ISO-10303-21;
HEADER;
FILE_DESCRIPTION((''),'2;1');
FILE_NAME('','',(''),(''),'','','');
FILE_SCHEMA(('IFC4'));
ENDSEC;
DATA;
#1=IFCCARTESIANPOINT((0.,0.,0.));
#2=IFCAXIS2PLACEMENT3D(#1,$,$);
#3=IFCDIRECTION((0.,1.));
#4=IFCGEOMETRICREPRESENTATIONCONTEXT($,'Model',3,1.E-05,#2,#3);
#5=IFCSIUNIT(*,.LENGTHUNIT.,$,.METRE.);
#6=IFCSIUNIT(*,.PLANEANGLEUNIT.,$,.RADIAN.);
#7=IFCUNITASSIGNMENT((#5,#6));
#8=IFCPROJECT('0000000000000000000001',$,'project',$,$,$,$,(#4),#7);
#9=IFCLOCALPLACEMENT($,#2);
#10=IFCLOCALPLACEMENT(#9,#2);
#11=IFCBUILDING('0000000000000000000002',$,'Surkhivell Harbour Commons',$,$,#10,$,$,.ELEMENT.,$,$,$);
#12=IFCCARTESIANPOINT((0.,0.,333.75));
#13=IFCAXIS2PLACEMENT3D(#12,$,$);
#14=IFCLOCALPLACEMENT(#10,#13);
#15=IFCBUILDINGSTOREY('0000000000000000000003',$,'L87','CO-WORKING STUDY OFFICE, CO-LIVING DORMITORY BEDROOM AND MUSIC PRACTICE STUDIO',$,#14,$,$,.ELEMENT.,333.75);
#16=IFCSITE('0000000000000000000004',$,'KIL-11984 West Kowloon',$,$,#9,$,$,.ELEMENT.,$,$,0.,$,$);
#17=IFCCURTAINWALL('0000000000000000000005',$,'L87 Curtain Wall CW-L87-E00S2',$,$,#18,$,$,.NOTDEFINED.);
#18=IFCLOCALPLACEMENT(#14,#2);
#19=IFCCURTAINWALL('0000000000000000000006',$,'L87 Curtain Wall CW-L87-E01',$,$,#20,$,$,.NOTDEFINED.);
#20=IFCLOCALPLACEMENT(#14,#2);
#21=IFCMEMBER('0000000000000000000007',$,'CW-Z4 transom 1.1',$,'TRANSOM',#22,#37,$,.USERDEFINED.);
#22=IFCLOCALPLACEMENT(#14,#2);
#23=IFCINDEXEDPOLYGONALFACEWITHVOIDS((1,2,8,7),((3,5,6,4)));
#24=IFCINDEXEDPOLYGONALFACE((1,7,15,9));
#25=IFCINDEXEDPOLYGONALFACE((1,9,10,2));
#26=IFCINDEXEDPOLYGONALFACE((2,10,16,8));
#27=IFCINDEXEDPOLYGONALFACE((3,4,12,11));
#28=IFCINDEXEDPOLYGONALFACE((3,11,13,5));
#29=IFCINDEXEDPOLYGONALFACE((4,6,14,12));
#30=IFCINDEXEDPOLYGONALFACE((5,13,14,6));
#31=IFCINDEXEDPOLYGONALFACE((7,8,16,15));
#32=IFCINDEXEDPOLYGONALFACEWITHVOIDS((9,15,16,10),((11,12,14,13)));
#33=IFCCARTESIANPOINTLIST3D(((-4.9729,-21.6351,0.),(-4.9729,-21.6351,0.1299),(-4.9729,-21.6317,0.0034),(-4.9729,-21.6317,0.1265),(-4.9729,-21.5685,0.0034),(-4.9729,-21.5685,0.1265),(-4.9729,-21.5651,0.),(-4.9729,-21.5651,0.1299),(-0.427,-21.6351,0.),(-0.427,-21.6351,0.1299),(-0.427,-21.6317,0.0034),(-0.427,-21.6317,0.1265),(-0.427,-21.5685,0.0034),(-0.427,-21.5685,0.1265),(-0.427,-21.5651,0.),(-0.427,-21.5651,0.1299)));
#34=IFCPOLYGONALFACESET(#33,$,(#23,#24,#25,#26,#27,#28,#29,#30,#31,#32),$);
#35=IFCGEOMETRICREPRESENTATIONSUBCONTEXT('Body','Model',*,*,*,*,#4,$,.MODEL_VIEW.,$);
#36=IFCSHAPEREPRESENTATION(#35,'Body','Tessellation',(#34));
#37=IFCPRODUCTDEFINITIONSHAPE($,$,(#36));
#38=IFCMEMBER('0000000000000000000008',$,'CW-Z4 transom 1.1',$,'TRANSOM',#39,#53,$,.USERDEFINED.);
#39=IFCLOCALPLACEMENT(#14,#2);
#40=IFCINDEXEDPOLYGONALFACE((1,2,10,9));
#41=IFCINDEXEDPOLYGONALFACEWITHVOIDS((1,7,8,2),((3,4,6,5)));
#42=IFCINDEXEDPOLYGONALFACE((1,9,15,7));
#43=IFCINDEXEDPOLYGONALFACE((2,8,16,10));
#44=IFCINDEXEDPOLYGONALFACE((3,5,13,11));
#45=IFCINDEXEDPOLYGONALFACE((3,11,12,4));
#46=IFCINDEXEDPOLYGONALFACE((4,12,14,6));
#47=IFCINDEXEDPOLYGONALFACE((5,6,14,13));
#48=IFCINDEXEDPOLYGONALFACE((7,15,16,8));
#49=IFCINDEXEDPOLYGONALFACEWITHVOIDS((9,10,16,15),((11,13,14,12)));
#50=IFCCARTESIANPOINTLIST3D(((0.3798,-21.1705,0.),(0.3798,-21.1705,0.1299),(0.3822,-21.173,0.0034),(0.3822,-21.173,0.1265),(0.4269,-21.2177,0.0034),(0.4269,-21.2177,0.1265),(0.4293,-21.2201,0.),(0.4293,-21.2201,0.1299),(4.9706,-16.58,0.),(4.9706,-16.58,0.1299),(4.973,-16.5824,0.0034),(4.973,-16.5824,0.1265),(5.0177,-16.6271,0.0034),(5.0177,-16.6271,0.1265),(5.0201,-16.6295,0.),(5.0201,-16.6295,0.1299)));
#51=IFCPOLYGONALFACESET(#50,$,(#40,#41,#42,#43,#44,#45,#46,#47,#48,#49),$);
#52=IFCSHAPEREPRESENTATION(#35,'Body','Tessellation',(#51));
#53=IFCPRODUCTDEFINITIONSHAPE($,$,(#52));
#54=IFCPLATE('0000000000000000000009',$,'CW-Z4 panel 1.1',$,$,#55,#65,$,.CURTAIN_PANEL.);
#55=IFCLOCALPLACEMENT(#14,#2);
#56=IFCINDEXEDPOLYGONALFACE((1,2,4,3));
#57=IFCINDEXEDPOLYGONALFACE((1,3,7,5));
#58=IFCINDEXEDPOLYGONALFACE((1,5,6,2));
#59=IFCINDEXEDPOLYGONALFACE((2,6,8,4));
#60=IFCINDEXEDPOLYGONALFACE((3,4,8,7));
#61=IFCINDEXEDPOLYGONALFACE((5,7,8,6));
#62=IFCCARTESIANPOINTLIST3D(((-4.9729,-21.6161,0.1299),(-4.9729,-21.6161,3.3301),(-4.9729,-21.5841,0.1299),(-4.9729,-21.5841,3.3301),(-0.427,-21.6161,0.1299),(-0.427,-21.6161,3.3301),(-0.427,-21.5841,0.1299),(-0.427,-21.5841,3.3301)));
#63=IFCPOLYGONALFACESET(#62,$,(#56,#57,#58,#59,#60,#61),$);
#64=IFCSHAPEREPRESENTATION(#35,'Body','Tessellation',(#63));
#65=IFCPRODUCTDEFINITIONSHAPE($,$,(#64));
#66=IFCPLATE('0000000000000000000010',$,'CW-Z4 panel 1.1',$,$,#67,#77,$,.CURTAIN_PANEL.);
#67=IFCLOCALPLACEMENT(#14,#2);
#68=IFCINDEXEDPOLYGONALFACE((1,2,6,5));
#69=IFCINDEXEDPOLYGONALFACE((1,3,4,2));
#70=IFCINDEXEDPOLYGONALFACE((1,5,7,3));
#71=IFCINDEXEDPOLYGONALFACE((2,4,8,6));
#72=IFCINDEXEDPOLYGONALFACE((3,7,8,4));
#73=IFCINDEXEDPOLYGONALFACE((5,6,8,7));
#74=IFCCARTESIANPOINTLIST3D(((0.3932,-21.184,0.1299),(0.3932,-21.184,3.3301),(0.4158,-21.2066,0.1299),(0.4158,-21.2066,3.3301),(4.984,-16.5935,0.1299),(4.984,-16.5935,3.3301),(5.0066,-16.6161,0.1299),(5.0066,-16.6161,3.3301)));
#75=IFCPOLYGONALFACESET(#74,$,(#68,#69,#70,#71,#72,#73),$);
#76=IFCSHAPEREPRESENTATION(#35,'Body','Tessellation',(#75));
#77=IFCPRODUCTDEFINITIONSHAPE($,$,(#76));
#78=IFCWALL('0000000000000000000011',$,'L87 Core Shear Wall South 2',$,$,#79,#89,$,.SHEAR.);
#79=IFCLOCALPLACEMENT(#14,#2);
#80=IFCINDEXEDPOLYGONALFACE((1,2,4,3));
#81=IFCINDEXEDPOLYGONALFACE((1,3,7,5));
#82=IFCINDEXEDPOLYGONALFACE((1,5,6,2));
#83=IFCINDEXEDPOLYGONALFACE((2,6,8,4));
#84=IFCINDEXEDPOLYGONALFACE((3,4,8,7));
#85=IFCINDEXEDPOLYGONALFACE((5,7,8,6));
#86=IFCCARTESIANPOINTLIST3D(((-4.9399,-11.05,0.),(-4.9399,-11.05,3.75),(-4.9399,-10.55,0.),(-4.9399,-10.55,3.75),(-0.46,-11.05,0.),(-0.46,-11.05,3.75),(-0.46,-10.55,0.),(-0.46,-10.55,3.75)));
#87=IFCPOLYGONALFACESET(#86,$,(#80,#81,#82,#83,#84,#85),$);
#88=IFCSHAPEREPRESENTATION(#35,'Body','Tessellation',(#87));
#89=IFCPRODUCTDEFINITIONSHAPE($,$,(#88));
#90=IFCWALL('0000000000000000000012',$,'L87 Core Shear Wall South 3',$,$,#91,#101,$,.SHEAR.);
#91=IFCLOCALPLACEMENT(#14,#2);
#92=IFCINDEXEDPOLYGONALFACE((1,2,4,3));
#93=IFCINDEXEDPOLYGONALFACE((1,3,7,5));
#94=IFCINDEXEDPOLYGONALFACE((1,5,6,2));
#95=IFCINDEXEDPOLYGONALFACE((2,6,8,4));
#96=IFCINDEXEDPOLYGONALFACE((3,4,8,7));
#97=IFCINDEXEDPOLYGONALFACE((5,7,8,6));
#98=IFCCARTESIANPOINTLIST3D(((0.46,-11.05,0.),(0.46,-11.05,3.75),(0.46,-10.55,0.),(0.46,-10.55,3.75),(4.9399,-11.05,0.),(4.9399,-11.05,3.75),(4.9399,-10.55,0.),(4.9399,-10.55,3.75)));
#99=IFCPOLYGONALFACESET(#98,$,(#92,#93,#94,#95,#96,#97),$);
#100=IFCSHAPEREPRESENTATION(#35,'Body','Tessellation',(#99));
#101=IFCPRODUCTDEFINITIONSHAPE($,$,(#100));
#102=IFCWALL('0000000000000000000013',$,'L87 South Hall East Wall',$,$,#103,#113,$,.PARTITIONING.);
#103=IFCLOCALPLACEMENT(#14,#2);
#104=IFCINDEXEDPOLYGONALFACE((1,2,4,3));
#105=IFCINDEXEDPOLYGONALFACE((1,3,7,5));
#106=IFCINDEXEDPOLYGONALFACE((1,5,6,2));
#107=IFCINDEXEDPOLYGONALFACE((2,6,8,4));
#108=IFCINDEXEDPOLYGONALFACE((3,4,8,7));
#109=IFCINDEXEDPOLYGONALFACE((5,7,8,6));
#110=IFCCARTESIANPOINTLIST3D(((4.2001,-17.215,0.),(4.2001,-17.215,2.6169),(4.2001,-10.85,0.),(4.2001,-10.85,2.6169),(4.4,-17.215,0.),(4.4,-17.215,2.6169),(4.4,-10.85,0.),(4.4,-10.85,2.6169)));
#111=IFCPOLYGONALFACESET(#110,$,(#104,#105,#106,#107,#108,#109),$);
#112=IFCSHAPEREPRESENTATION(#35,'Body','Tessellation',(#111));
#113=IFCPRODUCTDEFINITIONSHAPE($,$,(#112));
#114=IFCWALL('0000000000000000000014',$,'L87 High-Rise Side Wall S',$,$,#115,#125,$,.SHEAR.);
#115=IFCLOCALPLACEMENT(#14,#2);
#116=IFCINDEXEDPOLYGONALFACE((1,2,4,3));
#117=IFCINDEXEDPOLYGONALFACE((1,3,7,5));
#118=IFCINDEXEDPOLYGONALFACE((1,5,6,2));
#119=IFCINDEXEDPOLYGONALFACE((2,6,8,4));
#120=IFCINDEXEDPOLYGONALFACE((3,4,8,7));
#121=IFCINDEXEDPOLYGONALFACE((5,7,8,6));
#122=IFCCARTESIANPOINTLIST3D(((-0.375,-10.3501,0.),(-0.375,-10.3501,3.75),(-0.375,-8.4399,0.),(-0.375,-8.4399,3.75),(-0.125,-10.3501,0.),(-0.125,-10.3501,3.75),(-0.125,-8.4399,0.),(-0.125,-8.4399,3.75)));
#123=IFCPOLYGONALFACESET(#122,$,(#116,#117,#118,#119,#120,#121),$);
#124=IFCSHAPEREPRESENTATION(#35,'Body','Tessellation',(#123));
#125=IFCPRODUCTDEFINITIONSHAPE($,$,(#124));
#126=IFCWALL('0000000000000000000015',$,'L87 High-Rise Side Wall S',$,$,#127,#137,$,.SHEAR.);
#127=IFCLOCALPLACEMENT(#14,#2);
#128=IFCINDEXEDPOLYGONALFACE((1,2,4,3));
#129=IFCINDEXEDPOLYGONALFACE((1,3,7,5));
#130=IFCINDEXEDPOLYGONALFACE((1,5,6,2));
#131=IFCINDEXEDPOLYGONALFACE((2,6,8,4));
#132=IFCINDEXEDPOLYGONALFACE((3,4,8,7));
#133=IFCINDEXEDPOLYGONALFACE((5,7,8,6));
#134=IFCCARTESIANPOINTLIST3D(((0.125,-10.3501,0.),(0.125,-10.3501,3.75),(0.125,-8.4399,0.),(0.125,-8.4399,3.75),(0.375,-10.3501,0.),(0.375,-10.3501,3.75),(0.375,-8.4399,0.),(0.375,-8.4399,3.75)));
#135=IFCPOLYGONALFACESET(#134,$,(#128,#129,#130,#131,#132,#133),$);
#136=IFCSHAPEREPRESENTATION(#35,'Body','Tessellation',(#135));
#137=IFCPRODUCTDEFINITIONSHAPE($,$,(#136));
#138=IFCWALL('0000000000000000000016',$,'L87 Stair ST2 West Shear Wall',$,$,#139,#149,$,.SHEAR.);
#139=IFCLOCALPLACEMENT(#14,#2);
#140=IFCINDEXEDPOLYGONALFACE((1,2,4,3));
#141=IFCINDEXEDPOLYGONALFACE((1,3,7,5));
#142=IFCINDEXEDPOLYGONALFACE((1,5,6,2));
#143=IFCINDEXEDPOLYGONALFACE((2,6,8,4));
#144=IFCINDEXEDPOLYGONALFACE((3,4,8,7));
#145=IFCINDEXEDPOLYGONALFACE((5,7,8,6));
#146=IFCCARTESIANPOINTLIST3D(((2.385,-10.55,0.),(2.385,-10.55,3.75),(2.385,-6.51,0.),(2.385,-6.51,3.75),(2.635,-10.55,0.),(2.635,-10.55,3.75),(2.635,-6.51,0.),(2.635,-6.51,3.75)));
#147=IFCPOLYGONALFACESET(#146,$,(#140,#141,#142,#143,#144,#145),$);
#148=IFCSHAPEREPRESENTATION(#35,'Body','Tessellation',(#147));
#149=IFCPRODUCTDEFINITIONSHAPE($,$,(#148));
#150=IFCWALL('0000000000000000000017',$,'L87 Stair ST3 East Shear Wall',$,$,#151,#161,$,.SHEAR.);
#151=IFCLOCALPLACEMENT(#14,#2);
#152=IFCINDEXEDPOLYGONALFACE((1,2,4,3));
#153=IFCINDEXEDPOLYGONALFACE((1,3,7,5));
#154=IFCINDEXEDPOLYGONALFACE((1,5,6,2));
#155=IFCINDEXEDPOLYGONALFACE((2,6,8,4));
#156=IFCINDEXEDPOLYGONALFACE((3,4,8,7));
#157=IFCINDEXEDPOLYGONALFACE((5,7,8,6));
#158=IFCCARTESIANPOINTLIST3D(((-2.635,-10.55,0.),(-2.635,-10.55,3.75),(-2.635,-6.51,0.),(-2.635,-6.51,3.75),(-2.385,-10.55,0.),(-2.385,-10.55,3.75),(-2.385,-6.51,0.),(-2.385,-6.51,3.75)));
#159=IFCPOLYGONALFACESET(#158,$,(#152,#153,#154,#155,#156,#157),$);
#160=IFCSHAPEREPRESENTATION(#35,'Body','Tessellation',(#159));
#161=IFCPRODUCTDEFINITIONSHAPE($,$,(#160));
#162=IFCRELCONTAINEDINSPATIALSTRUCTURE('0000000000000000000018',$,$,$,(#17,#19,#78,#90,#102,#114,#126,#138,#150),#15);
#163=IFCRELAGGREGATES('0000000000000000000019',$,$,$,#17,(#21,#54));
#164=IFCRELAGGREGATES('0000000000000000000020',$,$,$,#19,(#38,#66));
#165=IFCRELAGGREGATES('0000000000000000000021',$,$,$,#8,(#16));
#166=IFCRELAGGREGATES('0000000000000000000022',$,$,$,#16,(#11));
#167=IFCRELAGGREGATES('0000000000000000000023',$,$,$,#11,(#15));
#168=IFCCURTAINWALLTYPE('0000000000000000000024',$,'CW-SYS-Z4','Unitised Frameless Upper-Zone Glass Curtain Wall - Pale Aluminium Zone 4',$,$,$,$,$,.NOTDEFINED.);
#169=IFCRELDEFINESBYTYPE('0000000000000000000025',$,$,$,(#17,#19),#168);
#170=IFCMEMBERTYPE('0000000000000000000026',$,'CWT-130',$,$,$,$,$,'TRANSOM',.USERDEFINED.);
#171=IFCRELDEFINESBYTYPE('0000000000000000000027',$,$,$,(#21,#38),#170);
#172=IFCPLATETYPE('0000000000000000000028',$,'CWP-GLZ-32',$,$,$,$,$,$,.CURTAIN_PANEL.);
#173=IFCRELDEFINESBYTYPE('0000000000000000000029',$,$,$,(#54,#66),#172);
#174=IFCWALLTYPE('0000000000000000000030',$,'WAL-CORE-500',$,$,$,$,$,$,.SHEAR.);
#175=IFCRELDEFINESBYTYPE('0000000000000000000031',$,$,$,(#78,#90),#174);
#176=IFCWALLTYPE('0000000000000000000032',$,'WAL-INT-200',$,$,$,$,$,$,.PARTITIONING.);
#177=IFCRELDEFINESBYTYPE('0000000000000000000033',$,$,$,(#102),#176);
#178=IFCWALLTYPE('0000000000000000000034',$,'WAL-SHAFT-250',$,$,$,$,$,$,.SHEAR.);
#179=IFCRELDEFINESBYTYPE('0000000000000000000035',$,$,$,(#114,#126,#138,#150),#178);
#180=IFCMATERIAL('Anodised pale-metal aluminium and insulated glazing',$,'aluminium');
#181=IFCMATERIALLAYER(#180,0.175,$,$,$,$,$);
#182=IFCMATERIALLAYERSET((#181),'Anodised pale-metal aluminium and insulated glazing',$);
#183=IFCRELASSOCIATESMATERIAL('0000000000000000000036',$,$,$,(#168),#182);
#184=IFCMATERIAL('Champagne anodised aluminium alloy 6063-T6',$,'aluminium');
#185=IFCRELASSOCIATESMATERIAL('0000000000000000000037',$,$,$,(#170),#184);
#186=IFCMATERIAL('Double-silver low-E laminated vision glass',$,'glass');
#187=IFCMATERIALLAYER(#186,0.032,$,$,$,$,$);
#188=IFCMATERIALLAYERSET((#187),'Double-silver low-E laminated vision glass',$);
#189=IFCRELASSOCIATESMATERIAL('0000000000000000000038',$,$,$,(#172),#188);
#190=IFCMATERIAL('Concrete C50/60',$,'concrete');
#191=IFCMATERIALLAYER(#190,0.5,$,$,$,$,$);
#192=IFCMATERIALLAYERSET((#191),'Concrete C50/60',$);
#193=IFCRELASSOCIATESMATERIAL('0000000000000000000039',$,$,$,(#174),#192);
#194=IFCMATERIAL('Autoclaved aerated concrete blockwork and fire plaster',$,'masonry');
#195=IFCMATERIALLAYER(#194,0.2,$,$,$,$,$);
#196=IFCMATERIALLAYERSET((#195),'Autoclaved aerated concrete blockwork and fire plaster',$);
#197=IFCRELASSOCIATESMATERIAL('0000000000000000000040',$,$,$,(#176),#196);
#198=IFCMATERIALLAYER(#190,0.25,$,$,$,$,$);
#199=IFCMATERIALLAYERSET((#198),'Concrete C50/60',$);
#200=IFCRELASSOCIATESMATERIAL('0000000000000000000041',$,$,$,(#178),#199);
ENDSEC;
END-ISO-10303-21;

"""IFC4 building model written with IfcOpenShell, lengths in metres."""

from ifc_helpers import new_model, si_unit, direction, frame, frame_2d, origin, origin_2d, place, context, subcontext, project, spatial, rectangle, hollow_rectangle, extrude, material, layer, layer_set, material_profile, profile_set, type_object, element, aggregate, save


model = new_model("IFC4")

# Units and contexts
model_context = context("Model", 3, precision=1e-05, world=origin(), true_north=direction((0.0, 1.0)))
body_context = subcontext(model_context, "Body", "Model", "MODEL_VIEW")
ifc_project = project(units=[si_unit("LENGTHUNIT", "METRE"), si_unit("PLANEANGLEUNIT", "RADIAN")], contexts=[model_context])

# Site, building, storey
site_placement = place(None, origin())
site = spatial("IfcSite", under=ifc_project, at=site_placement, Name="KIL-11984 West Kowloon", CompositionType="ELEMENT", RefElevation=0.0)
building_placement = place(site_placement, origin())
building = spatial("IfcBuilding", under=site, at=building_placement, Name="Surkhivell Harbour Commons", CompositionType="ELEMENT")
storey_placement = place(building_placement, frame((0.0, 0.0, 333.75)))
storey = spatial("IfcBuildingStorey", under=building, at=storey_placement, Name="L87", Description="CO-WORKING STUDY OFFICE, CO-LIVING DORMITORY BEDROOM AND MUSIC PRACTICE STUDIO", CompositionType="ELEMENT", Elevation=333.75)

# Shared definitions
ifc_material_1 = material(Name="Concrete C50/60", Category="concrete")

# Curtain wall
ifc_material_2 = material(Name="Anodised pale-metal aluminium and insulated glazing", Category="aluminium")
ifc_layer_1 = layer(ifc_material_2, 0.175)
ifc_layer_set_1 = layer_set([ifc_layer_1], Name="Anodised pale-metal aluminium and insulated glazing")
curtain_wall_type = type_object("IfcCurtainWallType", Name="CW-SYS-Z4", Description="Unitised Frameless Upper-Zone Glass Curtain Wall - Pale Aluminium Zone 4", PredefinedType="NOTDEFINED", material=ifc_layer_set_1)
curtain_wall_1_placement = place(storey_placement, origin())
curtain_wall_1 = element("IfcCurtainWall", 1, at=curtain_wall_1_placement, inside=storey, type_object=curtain_wall_type, Name="L87 Curtain Wall CW-L87-E00S2", PredefinedType="NOTDEFINED")

# Curtain wall
curtain_wall_2_placement = place(storey_placement, origin())
curtain_wall_2 = element("IfcCurtainWall", 2, at=curtain_wall_2_placement, inside=storey, type_object=curtain_wall_type, Name="L87 Curtain Wall CW-L87-E01", PredefinedType="NOTDEFINED")

# Members
ifc_material_3 = material(Name="Champagne anodised aluminium alloy 6063-T6", Category="aluminium")
ifc_material_profile_1 = material_profile(ifc_material_3, hollow_rectangle(XDim=0.0701, YDim=0.1299, WallThickness=0.0034, at=origin_2d()), Name="ALU-TRAN-70x130")
ifc_profile_set_1 = profile_set([ifc_material_profile_1], Name="Champagne anodised aluminium alloy 6063-T6")
member_type_1 = type_object("IfcMemberType", Name="CWT-130", ElementType="TRANSOM", PredefinedType="USERDEFINED", material=ifc_profile_set_1)
member_1_placement = place(storey_placement, frame((-4.9729, -21.6001, 0.0649), z_axis=(1.0, 0.0, 0.0), x_axis=(0.0, 1.0, 0.0)))
member_1 = element("IfcMember", 3, at=member_1_placement, type_object=member_type_1, Name="CW-Z4 transom 1.1", ObjectType="TRANSOM", PredefinedType="USERDEFINED", context=body_context, shape_type="SweptSolid", body=[
    extrude(hollow_rectangle(XDim=0.0701, YDim=0.1299, WallThickness=0.0034, at=origin_2d()), origin(), (0.0, 0.0, 1.0), 4.5459),
])
member_2_placement = place(storey_placement, frame((0.4045, -21.1953, 0.0649), z_axis=(0.707126, 0.707088, 0.0), x_axis=(-0.707088, 0.707126, 0.0)))
member_2 = element("IfcMember", 4, at=member_2_placement, type_object=member_type_1, Name="CW-Z4 transom 1.1", ObjectType="TRANSOM", PredefinedType="USERDEFINED", context=body_context, shape_type="SweptSolid", body=[
    extrude(hollow_rectangle(XDim=0.0701, YDim=0.1299, WallThickness=0.0034, at=origin_2d()), origin(), (0.0, 0.0, 1.0), 6.4922),
])

# Plates
ifc_material_4 = material(Name="Double-silver low-E laminated vision glass", Category="glass")
ifc_layer_2 = layer(ifc_material_4, 0.032)
ifc_layer_set_2 = layer_set([ifc_layer_2], Name="Double-silver low-E laminated vision glass")
plate_type = type_object("IfcPlateType", Name="CWP-GLZ-32", PredefinedType="CURTAIN_PANEL", material=ifc_layer_set_2)
plate_1_placement = place(storey_placement, frame((-4.9729, -21.6001, 0.1299), z_axis=(0.0, 0.0, 1.0), x_axis=(1.0, 0.0, 0.0)))
plate_1 = element("IfcPlate", 5, at=plate_1_placement, type_object=plate_type, Name="CW-Z4 panel 1.1", PredefinedType="CURTAIN_PANEL", context=body_context, shape_type="SweptSolid", body=[
    extrude(rectangle(XDim=4.5459, YDim=0.032, at=frame_2d((2.2729, 0.0))), origin(), (0.0, 0.0, 1.0), 3.2002),
])
aggregate(curtain_wall_1, [member_1, plate_1])
plate_2_placement = place(storey_placement, frame((0.4045, -21.1953, 0.1299), z_axis=(0.0, 0.0, 1.0), x_axis=(0.707126, 0.707088, 0.0)))
plate_2 = element("IfcPlate", 6, at=plate_2_placement, type_object=plate_type, Name="CW-Z4 panel 1.1", PredefinedType="CURTAIN_PANEL", context=body_context, shape_type="SweptSolid", body=[
    extrude(rectangle(XDim=6.4922, YDim=0.032, at=frame_2d((3.2461, 0.0))), origin(), (0.0, 0.0, 1.0), 3.2002),
])
aggregate(curtain_wall_2, [member_2, plate_2])

# Walls
ifc_layer_3 = layer(ifc_material_1, 0.5)
ifc_layer_set_3 = layer_set([ifc_layer_3], Name="Concrete C50/60")
wall_type_1 = type_object("IfcWallType", Name="WAL-CORE-500", PredefinedType="SHEAR", material=ifc_layer_set_3)
for number, where, z_axis, x_axis, name in (
    (7, (-4.9399, -10.8, 0.0), (0.0, 0.0, 1.0), (1.0, 0.0, 0.0), "L87 Core Shear Wall South 2"),
    (8, (0.46, -10.8, 0.0), (0.0, 0.0, 1.0), (1.0, 0.0, 0.0), "L87 Core Shear Wall South 3"),
):
    element("IfcWall", number, at=place(storey_placement, frame(where, z_axis=z_axis, x_axis=x_axis)), inside=storey, type_object=wall_type_1, Name=name, PredefinedType="SHEAR", context=body_context, shape_type="SweptSolid", body=[
        extrude(rectangle(XDim=4.48, YDim=0.5, at=frame_2d((2.24, 0.0))), origin(), (0.0, 0.0, 1.0), 3.75),
    ])
ifc_material_5 = material(Name="Autoclaved aerated concrete blockwork and fire plaster", Category="masonry")
ifc_layer_4 = layer(ifc_material_5, 0.2)
ifc_layer_set_4 = layer_set([ifc_layer_4], Name="Autoclaved aerated concrete blockwork and fire plaster")
wall_type_2 = type_object("IfcWallType", Name="WAL-INT-200", PredefinedType="PARTITIONING", material=ifc_layer_set_4)
wall_placement = place(storey_placement, frame((4.3, -17.2151, 0.0), z_axis=(0.0, 0.0, 1.0), x_axis=(0.0, 1.0, 0.0)))
element("IfcWall", 9, at=wall_placement, inside=storey, type_object=wall_type_2, Name="L87 South Hall East Wall", PredefinedType="PARTITIONING", context=body_context, shape_type="SweptSolid", body=[
    extrude(rectangle(XDim=6.365, YDim=0.2, at=frame_2d((3.1826, 0.0))), origin(), (0.0, 0.0, 1.0), 2.6169),
])
ifc_layer_5 = layer(ifc_material_1, 0.25)
ifc_layer_set_5 = layer_set([ifc_layer_5], Name="Concrete C50/60")
wall_type_3 = type_object("IfcWallType", Name="WAL-SHAFT-250", PredefinedType="SHEAR", material=ifc_layer_set_5)
for number, where, z_axis, x_axis, name in (
    (10, (-0.25, -10.3501, 0.0), (0.0, 0.0, 1.0), (0.0, 1.0, 0.0), "L87 High-Rise Side Wall S"),
    (11, (0.25, -10.3501, 0.0), (0.0, 0.0, 1.0), (0.0, 1.0, 0.0), "L87 High-Rise Side Wall S"),
):
    element("IfcWall", number, at=place(storey_placement, frame(where, z_axis=z_axis, x_axis=x_axis)), inside=storey, type_object=wall_type_3, Name=name, PredefinedType="SHEAR", context=body_context, shape_type="SweptSolid", body=[
        extrude(rectangle(XDim=1.9102, YDim=0.25, at=frame_2d((0.9551, 0.0))), origin(), (0.0, 0.0, 1.0), 3.75),
    ])
for number, where, z_axis, x_axis, name in (
    (12, (2.51, -10.55, 0.0), (0.0, 0.0, 1.0), (0.0, 1.0, 0.0), "L87 Stair ST2 West Shear Wall"),
    (13, (-2.51, -10.55, 0.0), (0.0, 0.0, 1.0), (0.0, 1.0, 0.0), "L87 Stair ST3 East Shear Wall"),
):
    element("IfcWall", number, at=place(storey_placement, frame(where, z_axis=z_axis, x_axis=x_axis)), inside=storey, type_object=wall_type_3, Name=name, PredefinedType="SHEAR", context=body_context, shape_type="SweptSolid", body=[
        extrude(rectangle(XDim=4.04, YDim=0.25, at=frame_2d((2.02, 0.0))), origin(), (0.0, 0.0, 1.0), 3.75),
    ])

save(model, "model.ifc")
